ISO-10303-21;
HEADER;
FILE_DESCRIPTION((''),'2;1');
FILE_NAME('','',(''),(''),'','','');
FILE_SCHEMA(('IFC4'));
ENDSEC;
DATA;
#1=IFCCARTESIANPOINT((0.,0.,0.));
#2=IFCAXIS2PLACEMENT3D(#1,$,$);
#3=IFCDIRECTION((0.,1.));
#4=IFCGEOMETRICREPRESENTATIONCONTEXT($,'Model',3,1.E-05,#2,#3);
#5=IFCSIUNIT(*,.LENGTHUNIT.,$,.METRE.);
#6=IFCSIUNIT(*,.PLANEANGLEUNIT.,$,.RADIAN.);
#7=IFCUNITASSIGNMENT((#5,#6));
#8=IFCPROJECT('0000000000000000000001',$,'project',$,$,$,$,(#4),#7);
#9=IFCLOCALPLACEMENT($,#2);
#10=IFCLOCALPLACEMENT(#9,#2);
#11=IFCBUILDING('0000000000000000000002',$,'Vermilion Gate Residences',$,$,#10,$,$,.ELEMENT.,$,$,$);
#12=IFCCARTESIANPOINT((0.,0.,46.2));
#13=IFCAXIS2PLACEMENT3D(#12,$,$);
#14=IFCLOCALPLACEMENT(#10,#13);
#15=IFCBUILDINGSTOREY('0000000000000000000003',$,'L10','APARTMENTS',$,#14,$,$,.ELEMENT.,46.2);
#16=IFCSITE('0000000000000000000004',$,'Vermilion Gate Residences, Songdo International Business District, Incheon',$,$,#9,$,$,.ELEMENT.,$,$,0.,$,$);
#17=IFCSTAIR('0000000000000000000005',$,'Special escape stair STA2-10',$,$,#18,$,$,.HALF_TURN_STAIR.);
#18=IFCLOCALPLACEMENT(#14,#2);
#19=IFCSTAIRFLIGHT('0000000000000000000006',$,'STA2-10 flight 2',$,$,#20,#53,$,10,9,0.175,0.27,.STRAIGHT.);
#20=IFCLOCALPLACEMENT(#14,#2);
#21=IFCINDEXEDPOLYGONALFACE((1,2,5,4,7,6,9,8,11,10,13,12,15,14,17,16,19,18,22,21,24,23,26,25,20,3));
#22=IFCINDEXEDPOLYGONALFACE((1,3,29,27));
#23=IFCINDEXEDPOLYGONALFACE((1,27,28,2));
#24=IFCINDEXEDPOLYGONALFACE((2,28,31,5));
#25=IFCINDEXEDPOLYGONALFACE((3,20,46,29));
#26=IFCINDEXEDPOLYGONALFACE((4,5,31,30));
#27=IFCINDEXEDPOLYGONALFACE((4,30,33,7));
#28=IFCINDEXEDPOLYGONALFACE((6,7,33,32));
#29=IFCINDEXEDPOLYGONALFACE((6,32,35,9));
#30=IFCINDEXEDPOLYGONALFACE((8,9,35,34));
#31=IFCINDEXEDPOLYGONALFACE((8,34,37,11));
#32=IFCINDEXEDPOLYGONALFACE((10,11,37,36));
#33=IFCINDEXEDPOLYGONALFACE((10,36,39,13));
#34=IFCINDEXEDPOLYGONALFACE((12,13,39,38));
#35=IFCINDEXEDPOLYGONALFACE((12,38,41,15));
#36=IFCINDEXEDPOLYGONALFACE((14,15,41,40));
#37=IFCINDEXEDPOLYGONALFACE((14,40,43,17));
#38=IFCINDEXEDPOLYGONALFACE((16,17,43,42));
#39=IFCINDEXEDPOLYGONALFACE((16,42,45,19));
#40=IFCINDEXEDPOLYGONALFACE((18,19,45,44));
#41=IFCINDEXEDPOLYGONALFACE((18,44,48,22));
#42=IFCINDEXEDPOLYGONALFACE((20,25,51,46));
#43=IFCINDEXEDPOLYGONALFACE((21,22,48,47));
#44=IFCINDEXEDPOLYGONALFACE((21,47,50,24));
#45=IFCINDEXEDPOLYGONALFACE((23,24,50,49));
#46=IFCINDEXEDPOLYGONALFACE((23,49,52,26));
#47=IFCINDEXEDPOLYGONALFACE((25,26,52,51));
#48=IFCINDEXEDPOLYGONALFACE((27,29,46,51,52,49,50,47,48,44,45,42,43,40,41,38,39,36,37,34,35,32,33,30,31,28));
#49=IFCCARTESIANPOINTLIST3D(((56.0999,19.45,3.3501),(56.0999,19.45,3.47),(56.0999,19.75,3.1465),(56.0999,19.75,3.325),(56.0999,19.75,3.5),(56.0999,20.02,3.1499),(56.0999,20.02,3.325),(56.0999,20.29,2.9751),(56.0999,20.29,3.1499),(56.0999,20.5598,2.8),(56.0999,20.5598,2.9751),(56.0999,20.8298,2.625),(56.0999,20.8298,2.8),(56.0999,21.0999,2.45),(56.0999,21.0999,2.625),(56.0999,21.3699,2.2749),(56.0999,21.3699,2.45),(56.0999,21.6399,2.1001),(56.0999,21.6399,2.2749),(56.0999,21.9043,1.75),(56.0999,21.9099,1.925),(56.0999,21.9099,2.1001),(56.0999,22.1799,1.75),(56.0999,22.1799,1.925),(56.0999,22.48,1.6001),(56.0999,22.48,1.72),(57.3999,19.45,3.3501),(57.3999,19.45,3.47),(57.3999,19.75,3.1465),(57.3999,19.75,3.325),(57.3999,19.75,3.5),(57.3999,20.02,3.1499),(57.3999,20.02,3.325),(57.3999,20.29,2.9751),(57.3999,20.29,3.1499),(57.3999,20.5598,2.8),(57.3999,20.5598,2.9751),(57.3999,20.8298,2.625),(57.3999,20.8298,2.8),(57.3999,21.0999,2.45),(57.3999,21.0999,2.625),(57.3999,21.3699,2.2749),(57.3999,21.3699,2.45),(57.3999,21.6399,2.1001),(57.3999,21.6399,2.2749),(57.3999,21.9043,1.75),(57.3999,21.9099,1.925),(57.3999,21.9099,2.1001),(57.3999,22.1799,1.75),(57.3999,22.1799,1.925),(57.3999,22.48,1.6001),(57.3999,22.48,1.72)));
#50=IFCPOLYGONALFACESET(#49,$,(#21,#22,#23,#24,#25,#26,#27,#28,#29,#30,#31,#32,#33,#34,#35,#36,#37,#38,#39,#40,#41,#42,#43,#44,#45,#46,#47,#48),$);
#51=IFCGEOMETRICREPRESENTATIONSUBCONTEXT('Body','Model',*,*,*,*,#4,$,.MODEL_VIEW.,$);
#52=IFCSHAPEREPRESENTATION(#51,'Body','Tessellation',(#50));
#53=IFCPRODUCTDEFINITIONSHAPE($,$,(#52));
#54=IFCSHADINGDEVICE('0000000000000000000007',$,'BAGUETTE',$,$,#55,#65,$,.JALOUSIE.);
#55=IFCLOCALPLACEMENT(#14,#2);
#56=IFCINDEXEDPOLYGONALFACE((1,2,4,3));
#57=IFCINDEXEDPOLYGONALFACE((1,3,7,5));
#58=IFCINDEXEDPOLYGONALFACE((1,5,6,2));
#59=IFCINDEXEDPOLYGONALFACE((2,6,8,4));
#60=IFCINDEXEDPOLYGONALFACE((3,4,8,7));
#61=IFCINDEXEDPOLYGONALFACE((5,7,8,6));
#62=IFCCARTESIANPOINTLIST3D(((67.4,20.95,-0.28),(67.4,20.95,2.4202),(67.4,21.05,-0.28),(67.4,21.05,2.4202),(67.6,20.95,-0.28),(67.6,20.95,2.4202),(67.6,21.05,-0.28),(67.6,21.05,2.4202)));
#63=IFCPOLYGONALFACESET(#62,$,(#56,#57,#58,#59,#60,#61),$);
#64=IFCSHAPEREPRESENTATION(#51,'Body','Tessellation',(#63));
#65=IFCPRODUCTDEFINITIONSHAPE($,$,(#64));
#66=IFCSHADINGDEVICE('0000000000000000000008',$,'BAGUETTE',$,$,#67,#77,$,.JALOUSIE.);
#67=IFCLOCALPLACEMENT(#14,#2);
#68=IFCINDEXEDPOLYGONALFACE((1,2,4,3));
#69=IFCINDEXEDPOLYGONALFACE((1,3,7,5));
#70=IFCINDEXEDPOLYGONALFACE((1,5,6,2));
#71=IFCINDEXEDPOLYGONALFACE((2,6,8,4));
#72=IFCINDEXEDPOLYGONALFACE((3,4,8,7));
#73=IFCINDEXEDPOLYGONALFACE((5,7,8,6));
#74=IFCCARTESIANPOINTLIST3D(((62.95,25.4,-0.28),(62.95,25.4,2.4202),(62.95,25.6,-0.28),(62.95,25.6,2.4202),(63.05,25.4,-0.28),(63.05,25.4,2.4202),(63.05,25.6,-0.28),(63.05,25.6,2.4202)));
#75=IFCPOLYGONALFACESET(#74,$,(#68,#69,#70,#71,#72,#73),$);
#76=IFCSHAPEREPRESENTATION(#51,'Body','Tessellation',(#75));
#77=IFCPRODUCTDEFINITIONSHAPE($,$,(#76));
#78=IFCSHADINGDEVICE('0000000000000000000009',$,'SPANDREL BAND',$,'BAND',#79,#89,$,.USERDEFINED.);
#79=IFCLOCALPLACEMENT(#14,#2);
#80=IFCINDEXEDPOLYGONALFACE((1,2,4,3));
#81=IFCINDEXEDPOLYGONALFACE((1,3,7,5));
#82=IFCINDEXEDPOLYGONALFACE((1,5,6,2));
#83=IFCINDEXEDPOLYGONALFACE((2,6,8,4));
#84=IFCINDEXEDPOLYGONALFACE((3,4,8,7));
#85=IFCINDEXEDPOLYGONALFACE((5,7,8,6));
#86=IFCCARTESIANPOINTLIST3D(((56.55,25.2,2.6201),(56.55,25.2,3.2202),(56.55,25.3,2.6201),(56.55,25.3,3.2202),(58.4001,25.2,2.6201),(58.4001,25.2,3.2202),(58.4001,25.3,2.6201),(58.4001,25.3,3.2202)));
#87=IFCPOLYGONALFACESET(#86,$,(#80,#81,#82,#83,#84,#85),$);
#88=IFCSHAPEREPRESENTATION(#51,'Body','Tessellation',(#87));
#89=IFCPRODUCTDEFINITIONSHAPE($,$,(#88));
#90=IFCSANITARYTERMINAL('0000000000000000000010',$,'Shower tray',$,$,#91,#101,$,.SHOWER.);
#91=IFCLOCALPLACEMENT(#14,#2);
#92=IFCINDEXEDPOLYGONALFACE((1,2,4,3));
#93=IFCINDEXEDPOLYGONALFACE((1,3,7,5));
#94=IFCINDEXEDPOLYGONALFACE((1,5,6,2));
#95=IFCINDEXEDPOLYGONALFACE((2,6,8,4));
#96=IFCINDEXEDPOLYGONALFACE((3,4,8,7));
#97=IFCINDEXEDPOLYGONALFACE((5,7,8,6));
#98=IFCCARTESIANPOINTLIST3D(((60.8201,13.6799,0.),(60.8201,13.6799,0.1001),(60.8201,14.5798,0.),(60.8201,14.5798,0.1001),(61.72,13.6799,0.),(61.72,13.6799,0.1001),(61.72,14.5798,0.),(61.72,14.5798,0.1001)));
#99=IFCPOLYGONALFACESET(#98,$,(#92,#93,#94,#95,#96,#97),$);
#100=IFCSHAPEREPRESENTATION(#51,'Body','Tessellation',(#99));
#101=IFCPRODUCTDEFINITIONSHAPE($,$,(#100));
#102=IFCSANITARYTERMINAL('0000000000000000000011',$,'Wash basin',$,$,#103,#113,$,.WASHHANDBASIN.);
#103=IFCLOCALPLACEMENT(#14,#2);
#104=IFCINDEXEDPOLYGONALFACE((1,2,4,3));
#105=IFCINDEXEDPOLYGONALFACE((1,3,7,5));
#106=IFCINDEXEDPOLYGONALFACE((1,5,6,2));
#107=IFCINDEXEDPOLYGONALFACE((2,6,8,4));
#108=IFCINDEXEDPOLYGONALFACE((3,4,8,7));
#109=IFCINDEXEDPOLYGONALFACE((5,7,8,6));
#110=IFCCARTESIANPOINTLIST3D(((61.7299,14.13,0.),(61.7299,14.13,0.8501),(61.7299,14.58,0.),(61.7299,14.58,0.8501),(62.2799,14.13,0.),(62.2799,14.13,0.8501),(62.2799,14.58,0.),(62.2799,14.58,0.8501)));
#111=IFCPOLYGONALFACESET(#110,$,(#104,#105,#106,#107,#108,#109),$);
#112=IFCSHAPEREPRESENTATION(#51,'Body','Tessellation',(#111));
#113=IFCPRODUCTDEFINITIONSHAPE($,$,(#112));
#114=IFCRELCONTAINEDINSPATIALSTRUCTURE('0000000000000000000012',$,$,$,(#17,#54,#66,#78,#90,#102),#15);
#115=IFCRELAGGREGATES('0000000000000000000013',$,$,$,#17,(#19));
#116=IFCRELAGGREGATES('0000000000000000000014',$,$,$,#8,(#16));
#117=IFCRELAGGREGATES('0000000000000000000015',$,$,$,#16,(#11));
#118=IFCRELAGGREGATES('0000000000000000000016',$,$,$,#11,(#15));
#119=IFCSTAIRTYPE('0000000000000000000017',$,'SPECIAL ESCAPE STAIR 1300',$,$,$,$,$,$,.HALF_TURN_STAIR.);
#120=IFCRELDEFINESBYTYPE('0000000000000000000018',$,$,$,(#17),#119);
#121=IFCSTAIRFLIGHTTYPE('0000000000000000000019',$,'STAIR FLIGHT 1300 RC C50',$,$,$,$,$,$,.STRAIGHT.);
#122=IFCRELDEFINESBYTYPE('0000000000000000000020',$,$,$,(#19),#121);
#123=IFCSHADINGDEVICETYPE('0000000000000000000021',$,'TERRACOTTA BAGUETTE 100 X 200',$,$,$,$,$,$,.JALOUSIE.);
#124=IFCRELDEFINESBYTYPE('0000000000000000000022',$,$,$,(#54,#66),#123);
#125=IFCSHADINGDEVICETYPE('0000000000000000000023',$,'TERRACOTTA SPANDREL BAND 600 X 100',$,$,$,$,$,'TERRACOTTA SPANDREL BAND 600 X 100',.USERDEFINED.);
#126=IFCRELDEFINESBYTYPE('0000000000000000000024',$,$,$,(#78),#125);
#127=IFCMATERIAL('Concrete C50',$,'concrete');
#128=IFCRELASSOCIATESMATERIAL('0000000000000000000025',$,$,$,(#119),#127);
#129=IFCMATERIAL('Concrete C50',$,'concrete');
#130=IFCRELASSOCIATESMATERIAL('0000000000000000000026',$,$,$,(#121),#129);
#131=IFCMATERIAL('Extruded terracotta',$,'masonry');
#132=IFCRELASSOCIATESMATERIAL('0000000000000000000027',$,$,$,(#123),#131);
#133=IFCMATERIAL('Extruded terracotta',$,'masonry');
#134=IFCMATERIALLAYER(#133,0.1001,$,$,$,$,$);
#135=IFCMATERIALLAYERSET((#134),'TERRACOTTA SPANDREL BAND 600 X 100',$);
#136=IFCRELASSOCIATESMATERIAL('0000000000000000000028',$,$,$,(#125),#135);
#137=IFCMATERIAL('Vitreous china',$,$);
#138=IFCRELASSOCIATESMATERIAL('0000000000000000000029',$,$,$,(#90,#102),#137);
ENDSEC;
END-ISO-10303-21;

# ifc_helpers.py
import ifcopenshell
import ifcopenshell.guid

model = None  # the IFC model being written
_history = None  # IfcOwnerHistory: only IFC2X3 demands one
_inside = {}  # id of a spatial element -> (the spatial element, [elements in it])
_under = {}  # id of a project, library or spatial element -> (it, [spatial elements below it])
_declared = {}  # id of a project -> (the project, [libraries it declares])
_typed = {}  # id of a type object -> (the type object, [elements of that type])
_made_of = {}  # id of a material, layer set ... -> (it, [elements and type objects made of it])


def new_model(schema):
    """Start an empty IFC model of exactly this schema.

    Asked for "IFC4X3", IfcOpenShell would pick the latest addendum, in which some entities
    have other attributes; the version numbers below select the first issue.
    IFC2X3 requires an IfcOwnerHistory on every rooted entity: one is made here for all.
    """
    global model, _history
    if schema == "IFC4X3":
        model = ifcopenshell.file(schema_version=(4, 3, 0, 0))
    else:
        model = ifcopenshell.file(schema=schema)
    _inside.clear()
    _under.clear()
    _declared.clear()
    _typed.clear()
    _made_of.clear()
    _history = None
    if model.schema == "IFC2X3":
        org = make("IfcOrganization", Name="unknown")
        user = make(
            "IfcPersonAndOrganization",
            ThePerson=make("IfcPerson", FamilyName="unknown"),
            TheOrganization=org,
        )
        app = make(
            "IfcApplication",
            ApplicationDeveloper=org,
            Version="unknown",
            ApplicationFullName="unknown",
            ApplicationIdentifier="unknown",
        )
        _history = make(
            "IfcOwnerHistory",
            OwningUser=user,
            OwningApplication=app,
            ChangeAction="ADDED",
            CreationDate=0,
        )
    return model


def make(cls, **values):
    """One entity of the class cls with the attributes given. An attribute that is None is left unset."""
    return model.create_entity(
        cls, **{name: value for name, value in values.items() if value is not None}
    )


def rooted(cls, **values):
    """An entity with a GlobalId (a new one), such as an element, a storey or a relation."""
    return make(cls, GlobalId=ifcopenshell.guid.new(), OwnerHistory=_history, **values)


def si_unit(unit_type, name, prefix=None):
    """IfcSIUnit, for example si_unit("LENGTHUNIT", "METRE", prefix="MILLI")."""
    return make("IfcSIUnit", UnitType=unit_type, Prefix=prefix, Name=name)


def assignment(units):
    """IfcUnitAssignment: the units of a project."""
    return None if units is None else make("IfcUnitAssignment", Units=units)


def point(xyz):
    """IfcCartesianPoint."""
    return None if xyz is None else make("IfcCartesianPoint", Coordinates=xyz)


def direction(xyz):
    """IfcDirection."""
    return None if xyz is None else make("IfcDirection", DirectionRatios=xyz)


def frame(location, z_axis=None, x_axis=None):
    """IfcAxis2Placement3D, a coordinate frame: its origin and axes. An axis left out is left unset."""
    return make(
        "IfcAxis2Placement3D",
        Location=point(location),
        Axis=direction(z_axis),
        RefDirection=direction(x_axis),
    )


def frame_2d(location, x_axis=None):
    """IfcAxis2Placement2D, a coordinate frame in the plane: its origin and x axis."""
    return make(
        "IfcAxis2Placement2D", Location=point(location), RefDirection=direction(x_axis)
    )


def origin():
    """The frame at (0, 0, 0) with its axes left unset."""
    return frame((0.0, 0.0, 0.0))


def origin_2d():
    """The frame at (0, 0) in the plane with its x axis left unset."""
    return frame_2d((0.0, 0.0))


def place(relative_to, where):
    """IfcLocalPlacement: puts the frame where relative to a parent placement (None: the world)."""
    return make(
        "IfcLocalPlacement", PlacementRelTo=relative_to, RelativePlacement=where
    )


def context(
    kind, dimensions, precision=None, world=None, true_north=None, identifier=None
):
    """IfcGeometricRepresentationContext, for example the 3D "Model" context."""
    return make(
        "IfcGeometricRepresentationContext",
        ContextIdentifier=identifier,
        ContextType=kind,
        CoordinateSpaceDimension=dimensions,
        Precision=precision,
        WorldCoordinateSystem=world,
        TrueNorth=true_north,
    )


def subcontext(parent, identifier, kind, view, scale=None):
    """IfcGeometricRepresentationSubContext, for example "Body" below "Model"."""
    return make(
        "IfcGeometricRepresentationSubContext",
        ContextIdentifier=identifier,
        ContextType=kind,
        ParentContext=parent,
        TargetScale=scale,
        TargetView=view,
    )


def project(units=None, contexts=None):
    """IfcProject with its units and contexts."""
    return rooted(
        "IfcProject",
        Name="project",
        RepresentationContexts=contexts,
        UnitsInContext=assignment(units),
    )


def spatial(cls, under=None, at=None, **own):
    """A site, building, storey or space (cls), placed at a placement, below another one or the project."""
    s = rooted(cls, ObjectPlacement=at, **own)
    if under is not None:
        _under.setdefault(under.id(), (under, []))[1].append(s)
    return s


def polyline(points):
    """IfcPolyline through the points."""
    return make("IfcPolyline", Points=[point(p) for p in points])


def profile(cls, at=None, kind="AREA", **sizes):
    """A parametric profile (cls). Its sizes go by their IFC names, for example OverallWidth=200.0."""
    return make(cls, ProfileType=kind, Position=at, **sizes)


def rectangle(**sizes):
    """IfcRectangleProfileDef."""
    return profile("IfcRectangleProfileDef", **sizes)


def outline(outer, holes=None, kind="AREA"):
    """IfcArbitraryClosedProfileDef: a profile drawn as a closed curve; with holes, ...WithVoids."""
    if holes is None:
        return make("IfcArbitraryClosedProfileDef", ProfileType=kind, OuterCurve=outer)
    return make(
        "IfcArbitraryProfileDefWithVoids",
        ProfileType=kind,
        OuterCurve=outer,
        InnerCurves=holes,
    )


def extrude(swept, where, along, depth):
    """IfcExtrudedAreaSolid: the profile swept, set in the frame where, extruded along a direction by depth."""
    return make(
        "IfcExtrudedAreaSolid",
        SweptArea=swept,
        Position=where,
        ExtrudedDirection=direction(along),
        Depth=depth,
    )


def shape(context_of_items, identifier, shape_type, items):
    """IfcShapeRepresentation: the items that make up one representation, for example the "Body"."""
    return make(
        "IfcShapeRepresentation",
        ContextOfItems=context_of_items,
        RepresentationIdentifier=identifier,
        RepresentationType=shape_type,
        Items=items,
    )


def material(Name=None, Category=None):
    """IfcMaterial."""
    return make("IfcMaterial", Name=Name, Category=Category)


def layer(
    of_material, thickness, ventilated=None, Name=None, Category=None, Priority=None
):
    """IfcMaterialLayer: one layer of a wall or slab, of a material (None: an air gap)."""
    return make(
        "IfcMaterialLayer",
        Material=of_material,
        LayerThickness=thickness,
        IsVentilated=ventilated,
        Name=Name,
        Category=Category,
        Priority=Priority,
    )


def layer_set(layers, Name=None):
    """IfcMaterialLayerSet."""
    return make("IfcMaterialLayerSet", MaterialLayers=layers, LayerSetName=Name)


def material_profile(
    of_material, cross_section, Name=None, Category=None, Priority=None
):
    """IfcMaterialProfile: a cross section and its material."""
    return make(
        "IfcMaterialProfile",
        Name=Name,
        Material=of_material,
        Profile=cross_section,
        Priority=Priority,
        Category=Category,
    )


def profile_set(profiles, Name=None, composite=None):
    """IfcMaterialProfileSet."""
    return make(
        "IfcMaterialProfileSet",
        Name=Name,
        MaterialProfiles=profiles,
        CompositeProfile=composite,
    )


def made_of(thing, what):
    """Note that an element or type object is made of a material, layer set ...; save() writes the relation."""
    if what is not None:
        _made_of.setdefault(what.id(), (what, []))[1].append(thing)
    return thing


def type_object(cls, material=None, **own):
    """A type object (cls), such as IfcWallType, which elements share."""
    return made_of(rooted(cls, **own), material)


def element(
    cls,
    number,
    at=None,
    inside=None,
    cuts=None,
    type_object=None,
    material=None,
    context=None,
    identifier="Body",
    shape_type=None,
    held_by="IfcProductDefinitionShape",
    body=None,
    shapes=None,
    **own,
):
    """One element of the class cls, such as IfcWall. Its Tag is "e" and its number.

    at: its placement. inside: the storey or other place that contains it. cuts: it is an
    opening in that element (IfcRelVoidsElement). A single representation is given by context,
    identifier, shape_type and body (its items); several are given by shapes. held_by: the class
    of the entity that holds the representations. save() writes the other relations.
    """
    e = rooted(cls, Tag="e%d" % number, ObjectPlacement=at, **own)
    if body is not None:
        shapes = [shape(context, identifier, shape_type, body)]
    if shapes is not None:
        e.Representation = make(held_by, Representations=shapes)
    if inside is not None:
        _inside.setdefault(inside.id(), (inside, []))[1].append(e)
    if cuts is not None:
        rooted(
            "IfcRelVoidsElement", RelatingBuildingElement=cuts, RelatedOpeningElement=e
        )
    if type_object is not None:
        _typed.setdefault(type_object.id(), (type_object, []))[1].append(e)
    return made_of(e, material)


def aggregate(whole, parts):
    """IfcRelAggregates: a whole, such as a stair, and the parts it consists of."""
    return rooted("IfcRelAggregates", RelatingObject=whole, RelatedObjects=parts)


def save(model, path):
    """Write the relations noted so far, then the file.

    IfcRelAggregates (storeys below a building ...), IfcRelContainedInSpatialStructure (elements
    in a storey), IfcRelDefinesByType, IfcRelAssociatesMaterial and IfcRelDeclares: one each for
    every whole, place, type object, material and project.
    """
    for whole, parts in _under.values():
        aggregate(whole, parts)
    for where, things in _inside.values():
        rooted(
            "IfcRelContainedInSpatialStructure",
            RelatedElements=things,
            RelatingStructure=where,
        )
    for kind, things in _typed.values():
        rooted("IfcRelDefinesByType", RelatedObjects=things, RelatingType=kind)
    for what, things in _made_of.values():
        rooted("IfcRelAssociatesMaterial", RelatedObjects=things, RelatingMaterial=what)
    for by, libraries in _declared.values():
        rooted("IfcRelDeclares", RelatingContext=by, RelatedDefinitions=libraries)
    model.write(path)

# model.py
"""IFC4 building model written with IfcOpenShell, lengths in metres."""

from ifc_helpers import new_model, si_unit, direction, frame, origin, origin_2d, place, context, subcontext, project, spatial, polyline, rectangle, outline, extrude, material, layer, layer_set, material_profile, profile_set, type_object, element, aggregate, save


model = new_model("IFC4")

# Units and contexts
model_context = context("Model", 3, precision=1e-05, world=origin(), true_north=direction((0.0, 1.0)))
body_context = subcontext(model_context, "Body", "Model", "MODEL_VIEW")
ifc_project = project(units=[si_unit("LENGTHUNIT", "METRE"), si_unit("PLANEANGLEUNIT", "RADIAN")], contexts=[model_context])

# Site, building, storey
site_placement = place(None, origin())
site = spatial("IfcSite", under=ifc_project, at=site_placement, Name="Vermilion Gate Residences, Songdo International Business District, Incheon", CompositionType="ELEMENT", RefElevation=0.0)
building_placement = place(site_placement, origin())
building = spatial("IfcBuilding", under=site, at=building_placement, Name="Vermilion Gate Residences", CompositionType="ELEMENT")
storey_placement = place(building_placement, frame((0.0, 0.0, 46.2)))
storey = spatial("IfcBuildingStorey", under=building, at=storey_placement, Name="L10", Description="APARTMENTS", CompositionType="ELEMENT", Elevation=46.2)

# Stair, stair flight
ifc_material_1 = material(Name="Concrete C50", Category="concrete")
stair_type = type_object("IfcStairType", Name="SPECIAL ESCAPE STAIR 1300", PredefinedType="HALF_TURN_STAIR", material=ifc_material_1)
stair_placement = place(storey_placement, origin())
stair = element("IfcStair", 1, at=stair_placement, inside=storey, type_object=stair_type, Name="Special escape stair STA2-10", PredefinedType="HALF_TURN_STAIR")
ifc_material_2 = material(Name="Concrete C50", Category="concrete")
stair_flight_type = type_object("IfcStairFlightType", Name="STAIR FLIGHT 1300 RC C50", PredefinedType="STRAIGHT", material=ifc_material_2)
stair_flight_1_placement = place(storey_placement, frame((56.75, 22.1799, 1.75), z_axis=(0.0, 0.0, 1.0), x_axis=(0.0, -1.0, 0.0)))
stair_flight_1 = element("IfcStairFlight", 2, at=stair_flight_1_placement, type_object=stair_flight_type, Name="STA2-10 flight 2", NumberOfRisers=10, NumberOfTreads=9, PredefinedType="STRAIGHT", RiserHeight=0.175, TreadLength=0.27, context=body_context, shape_type="SweptSolid", body=[
    extrude(outline(polyline([(-0.3, -0.1499), (-0.3, -0.03), (0.0, 0.0), (0.0, 0.175), (0.27, 0.175), (0.27, 0.3501), (0.54, 0.3501), (0.54, 0.5249), (0.8101, 0.5249), (0.8101, 0.7), (1.0801, 0.7), (1.0801, 0.875), (1.3501, 0.875), (1.3501, 1.05), (1.6201, 1.05), (1.6201, 1.2251), (1.8899, 1.2251), (1.8899, 1.3999), (2.1599, 1.3999), (2.1599, 1.575), (2.4299, 1.575), (2.4299, 1.75), (2.73, 1.72), (2.73, 1.6001), (2.4299, 1.3965), (0.2756, 0.0), (-0.3, -0.1499)])), frame((0.0, 0.6499, 0.0), z_axis=(0.0, -1.0, 0.0), x_axis=(1.0, 0.0, 0.0)), (0.0, 0.0, 1.0), 1.3),
])
aggregate(stair, [stair_flight_1])

# Shading devices
ifc_material_3 = material(Name="Extruded terracotta", Category="masonry")
ifc_material_profile_1 = material_profile(ifc_material_3, rectangle(XDim=0.2, YDim=0.1001, at=origin_2d()), Name="BAGUETTE 100 X 200")
ifc_profile_set_1 = profile_set([ifc_material_profile_1], Name="Extruded terracotta")
shading_device_type_1 = type_object("IfcShadingDeviceType", Name="TERRACOTTA BAGUETTE 100 X 200", PredefinedType="JALOUSIE", material=ifc_profile_set_1)
for number, where, z_axis, x_axis, name in (
    (3, (67.5, 21.0, -0.28), (0.0, 0.0, 1.0), (-1.0, 0.0, 0.0), "BAGUETTE"),
    (4, (63.0, 25.5, -0.28), (0.0, 0.0, 1.0), (0.0, -1.0, 0.0), "BAGUETTE"),
):
    element("IfcShadingDevice", number, at=place(storey_placement, frame(where, z_axis=z_axis, x_axis=x_axis)), inside=storey, type_object=shading_device_type_1, Name=name, PredefinedType="JALOUSIE", context=body_context, shape_type="SweptSolid", body=[
        extrude(rectangle(XDim=0.2, YDim=0.1001, at=origin_2d()), origin(), (0.0, 0.0, 1.0), 2.7002),
    ])
ifc_material_4 = material(Name="Extruded terracotta", Category="masonry")
ifc_layer_1 = layer(ifc_material_4, 0.1001)
ifc_layer_set_1 = layer_set([ifc_layer_1], Name="TERRACOTTA SPANDREL BAND 600 X 100")
shading_device_type_2 = type_object("IfcShadingDeviceType", Name="TERRACOTTA SPANDREL BAND 600 X 100", ElementType="TERRACOTTA SPANDREL BAND 600 X 100", PredefinedType="USERDEFINED", material=ifc_layer_set_1)
shading_device_placement = place(storey_placement, frame((57.4751, 25.25, 2.6201), z_axis=(0.0, 0.0, 1.0), x_axis=(1.0, 0.0, 0.0)))
element("IfcShadingDevice", 5, at=shading_device_placement, inside=storey, type_object=shading_device_type_2, Name="SPANDREL BAND", ObjectType="BAND", PredefinedType="USERDEFINED", context=body_context, shape_type="SweptSolid", body=[
    extrude(rectangle(XDim=1.8501, YDim=0.1001, at=origin_2d()), origin(), (0.0, 0.0, 1.0), 0.6001),
])

# Sanitary terminals
ifc_material_5 = material(Name="Vitreous china")
sanitary_terminal_1_placement = place(storey_placement, frame((61.27, 14.1299, 0.0), z_axis=(0.0, 0.0, 1.0), x_axis=(1.0, 0.0, 0.0)))
element("IfcSanitaryTerminal", 6, at=sanitary_terminal_1_placement, inside=storey, material=ifc_material_5, Name="Shower tray", PredefinedType="SHOWER", context=body_context, shape_type="SweptSolid", body=[
    extrude(rectangle(XDim=0.8999, YDim=0.8999, at=origin_2d()), origin(), (0.0, 0.0, 1.0), 0.1001),
])
sanitary_terminal_2_placement = place(storey_placement, frame((62.0049, 14.355, 0.0), z_axis=(0.0, 0.0, 1.0), x_axis=(1.0, 0.0, 0.0)))
element("IfcSanitaryTerminal", 7, at=sanitary_terminal_2_placement, inside=storey, material=ifc_material_5, Name="Wash basin", PredefinedType="WASHHANDBASIN", context=body_context, shape_type="SweptSolid", body=[
    extrude(rectangle(XDim=0.55, YDim=0.45, at=origin_2d()), origin(), (0.0, 0.0, 1.0), 0.8501),
])

save(model, "model.ifc")
